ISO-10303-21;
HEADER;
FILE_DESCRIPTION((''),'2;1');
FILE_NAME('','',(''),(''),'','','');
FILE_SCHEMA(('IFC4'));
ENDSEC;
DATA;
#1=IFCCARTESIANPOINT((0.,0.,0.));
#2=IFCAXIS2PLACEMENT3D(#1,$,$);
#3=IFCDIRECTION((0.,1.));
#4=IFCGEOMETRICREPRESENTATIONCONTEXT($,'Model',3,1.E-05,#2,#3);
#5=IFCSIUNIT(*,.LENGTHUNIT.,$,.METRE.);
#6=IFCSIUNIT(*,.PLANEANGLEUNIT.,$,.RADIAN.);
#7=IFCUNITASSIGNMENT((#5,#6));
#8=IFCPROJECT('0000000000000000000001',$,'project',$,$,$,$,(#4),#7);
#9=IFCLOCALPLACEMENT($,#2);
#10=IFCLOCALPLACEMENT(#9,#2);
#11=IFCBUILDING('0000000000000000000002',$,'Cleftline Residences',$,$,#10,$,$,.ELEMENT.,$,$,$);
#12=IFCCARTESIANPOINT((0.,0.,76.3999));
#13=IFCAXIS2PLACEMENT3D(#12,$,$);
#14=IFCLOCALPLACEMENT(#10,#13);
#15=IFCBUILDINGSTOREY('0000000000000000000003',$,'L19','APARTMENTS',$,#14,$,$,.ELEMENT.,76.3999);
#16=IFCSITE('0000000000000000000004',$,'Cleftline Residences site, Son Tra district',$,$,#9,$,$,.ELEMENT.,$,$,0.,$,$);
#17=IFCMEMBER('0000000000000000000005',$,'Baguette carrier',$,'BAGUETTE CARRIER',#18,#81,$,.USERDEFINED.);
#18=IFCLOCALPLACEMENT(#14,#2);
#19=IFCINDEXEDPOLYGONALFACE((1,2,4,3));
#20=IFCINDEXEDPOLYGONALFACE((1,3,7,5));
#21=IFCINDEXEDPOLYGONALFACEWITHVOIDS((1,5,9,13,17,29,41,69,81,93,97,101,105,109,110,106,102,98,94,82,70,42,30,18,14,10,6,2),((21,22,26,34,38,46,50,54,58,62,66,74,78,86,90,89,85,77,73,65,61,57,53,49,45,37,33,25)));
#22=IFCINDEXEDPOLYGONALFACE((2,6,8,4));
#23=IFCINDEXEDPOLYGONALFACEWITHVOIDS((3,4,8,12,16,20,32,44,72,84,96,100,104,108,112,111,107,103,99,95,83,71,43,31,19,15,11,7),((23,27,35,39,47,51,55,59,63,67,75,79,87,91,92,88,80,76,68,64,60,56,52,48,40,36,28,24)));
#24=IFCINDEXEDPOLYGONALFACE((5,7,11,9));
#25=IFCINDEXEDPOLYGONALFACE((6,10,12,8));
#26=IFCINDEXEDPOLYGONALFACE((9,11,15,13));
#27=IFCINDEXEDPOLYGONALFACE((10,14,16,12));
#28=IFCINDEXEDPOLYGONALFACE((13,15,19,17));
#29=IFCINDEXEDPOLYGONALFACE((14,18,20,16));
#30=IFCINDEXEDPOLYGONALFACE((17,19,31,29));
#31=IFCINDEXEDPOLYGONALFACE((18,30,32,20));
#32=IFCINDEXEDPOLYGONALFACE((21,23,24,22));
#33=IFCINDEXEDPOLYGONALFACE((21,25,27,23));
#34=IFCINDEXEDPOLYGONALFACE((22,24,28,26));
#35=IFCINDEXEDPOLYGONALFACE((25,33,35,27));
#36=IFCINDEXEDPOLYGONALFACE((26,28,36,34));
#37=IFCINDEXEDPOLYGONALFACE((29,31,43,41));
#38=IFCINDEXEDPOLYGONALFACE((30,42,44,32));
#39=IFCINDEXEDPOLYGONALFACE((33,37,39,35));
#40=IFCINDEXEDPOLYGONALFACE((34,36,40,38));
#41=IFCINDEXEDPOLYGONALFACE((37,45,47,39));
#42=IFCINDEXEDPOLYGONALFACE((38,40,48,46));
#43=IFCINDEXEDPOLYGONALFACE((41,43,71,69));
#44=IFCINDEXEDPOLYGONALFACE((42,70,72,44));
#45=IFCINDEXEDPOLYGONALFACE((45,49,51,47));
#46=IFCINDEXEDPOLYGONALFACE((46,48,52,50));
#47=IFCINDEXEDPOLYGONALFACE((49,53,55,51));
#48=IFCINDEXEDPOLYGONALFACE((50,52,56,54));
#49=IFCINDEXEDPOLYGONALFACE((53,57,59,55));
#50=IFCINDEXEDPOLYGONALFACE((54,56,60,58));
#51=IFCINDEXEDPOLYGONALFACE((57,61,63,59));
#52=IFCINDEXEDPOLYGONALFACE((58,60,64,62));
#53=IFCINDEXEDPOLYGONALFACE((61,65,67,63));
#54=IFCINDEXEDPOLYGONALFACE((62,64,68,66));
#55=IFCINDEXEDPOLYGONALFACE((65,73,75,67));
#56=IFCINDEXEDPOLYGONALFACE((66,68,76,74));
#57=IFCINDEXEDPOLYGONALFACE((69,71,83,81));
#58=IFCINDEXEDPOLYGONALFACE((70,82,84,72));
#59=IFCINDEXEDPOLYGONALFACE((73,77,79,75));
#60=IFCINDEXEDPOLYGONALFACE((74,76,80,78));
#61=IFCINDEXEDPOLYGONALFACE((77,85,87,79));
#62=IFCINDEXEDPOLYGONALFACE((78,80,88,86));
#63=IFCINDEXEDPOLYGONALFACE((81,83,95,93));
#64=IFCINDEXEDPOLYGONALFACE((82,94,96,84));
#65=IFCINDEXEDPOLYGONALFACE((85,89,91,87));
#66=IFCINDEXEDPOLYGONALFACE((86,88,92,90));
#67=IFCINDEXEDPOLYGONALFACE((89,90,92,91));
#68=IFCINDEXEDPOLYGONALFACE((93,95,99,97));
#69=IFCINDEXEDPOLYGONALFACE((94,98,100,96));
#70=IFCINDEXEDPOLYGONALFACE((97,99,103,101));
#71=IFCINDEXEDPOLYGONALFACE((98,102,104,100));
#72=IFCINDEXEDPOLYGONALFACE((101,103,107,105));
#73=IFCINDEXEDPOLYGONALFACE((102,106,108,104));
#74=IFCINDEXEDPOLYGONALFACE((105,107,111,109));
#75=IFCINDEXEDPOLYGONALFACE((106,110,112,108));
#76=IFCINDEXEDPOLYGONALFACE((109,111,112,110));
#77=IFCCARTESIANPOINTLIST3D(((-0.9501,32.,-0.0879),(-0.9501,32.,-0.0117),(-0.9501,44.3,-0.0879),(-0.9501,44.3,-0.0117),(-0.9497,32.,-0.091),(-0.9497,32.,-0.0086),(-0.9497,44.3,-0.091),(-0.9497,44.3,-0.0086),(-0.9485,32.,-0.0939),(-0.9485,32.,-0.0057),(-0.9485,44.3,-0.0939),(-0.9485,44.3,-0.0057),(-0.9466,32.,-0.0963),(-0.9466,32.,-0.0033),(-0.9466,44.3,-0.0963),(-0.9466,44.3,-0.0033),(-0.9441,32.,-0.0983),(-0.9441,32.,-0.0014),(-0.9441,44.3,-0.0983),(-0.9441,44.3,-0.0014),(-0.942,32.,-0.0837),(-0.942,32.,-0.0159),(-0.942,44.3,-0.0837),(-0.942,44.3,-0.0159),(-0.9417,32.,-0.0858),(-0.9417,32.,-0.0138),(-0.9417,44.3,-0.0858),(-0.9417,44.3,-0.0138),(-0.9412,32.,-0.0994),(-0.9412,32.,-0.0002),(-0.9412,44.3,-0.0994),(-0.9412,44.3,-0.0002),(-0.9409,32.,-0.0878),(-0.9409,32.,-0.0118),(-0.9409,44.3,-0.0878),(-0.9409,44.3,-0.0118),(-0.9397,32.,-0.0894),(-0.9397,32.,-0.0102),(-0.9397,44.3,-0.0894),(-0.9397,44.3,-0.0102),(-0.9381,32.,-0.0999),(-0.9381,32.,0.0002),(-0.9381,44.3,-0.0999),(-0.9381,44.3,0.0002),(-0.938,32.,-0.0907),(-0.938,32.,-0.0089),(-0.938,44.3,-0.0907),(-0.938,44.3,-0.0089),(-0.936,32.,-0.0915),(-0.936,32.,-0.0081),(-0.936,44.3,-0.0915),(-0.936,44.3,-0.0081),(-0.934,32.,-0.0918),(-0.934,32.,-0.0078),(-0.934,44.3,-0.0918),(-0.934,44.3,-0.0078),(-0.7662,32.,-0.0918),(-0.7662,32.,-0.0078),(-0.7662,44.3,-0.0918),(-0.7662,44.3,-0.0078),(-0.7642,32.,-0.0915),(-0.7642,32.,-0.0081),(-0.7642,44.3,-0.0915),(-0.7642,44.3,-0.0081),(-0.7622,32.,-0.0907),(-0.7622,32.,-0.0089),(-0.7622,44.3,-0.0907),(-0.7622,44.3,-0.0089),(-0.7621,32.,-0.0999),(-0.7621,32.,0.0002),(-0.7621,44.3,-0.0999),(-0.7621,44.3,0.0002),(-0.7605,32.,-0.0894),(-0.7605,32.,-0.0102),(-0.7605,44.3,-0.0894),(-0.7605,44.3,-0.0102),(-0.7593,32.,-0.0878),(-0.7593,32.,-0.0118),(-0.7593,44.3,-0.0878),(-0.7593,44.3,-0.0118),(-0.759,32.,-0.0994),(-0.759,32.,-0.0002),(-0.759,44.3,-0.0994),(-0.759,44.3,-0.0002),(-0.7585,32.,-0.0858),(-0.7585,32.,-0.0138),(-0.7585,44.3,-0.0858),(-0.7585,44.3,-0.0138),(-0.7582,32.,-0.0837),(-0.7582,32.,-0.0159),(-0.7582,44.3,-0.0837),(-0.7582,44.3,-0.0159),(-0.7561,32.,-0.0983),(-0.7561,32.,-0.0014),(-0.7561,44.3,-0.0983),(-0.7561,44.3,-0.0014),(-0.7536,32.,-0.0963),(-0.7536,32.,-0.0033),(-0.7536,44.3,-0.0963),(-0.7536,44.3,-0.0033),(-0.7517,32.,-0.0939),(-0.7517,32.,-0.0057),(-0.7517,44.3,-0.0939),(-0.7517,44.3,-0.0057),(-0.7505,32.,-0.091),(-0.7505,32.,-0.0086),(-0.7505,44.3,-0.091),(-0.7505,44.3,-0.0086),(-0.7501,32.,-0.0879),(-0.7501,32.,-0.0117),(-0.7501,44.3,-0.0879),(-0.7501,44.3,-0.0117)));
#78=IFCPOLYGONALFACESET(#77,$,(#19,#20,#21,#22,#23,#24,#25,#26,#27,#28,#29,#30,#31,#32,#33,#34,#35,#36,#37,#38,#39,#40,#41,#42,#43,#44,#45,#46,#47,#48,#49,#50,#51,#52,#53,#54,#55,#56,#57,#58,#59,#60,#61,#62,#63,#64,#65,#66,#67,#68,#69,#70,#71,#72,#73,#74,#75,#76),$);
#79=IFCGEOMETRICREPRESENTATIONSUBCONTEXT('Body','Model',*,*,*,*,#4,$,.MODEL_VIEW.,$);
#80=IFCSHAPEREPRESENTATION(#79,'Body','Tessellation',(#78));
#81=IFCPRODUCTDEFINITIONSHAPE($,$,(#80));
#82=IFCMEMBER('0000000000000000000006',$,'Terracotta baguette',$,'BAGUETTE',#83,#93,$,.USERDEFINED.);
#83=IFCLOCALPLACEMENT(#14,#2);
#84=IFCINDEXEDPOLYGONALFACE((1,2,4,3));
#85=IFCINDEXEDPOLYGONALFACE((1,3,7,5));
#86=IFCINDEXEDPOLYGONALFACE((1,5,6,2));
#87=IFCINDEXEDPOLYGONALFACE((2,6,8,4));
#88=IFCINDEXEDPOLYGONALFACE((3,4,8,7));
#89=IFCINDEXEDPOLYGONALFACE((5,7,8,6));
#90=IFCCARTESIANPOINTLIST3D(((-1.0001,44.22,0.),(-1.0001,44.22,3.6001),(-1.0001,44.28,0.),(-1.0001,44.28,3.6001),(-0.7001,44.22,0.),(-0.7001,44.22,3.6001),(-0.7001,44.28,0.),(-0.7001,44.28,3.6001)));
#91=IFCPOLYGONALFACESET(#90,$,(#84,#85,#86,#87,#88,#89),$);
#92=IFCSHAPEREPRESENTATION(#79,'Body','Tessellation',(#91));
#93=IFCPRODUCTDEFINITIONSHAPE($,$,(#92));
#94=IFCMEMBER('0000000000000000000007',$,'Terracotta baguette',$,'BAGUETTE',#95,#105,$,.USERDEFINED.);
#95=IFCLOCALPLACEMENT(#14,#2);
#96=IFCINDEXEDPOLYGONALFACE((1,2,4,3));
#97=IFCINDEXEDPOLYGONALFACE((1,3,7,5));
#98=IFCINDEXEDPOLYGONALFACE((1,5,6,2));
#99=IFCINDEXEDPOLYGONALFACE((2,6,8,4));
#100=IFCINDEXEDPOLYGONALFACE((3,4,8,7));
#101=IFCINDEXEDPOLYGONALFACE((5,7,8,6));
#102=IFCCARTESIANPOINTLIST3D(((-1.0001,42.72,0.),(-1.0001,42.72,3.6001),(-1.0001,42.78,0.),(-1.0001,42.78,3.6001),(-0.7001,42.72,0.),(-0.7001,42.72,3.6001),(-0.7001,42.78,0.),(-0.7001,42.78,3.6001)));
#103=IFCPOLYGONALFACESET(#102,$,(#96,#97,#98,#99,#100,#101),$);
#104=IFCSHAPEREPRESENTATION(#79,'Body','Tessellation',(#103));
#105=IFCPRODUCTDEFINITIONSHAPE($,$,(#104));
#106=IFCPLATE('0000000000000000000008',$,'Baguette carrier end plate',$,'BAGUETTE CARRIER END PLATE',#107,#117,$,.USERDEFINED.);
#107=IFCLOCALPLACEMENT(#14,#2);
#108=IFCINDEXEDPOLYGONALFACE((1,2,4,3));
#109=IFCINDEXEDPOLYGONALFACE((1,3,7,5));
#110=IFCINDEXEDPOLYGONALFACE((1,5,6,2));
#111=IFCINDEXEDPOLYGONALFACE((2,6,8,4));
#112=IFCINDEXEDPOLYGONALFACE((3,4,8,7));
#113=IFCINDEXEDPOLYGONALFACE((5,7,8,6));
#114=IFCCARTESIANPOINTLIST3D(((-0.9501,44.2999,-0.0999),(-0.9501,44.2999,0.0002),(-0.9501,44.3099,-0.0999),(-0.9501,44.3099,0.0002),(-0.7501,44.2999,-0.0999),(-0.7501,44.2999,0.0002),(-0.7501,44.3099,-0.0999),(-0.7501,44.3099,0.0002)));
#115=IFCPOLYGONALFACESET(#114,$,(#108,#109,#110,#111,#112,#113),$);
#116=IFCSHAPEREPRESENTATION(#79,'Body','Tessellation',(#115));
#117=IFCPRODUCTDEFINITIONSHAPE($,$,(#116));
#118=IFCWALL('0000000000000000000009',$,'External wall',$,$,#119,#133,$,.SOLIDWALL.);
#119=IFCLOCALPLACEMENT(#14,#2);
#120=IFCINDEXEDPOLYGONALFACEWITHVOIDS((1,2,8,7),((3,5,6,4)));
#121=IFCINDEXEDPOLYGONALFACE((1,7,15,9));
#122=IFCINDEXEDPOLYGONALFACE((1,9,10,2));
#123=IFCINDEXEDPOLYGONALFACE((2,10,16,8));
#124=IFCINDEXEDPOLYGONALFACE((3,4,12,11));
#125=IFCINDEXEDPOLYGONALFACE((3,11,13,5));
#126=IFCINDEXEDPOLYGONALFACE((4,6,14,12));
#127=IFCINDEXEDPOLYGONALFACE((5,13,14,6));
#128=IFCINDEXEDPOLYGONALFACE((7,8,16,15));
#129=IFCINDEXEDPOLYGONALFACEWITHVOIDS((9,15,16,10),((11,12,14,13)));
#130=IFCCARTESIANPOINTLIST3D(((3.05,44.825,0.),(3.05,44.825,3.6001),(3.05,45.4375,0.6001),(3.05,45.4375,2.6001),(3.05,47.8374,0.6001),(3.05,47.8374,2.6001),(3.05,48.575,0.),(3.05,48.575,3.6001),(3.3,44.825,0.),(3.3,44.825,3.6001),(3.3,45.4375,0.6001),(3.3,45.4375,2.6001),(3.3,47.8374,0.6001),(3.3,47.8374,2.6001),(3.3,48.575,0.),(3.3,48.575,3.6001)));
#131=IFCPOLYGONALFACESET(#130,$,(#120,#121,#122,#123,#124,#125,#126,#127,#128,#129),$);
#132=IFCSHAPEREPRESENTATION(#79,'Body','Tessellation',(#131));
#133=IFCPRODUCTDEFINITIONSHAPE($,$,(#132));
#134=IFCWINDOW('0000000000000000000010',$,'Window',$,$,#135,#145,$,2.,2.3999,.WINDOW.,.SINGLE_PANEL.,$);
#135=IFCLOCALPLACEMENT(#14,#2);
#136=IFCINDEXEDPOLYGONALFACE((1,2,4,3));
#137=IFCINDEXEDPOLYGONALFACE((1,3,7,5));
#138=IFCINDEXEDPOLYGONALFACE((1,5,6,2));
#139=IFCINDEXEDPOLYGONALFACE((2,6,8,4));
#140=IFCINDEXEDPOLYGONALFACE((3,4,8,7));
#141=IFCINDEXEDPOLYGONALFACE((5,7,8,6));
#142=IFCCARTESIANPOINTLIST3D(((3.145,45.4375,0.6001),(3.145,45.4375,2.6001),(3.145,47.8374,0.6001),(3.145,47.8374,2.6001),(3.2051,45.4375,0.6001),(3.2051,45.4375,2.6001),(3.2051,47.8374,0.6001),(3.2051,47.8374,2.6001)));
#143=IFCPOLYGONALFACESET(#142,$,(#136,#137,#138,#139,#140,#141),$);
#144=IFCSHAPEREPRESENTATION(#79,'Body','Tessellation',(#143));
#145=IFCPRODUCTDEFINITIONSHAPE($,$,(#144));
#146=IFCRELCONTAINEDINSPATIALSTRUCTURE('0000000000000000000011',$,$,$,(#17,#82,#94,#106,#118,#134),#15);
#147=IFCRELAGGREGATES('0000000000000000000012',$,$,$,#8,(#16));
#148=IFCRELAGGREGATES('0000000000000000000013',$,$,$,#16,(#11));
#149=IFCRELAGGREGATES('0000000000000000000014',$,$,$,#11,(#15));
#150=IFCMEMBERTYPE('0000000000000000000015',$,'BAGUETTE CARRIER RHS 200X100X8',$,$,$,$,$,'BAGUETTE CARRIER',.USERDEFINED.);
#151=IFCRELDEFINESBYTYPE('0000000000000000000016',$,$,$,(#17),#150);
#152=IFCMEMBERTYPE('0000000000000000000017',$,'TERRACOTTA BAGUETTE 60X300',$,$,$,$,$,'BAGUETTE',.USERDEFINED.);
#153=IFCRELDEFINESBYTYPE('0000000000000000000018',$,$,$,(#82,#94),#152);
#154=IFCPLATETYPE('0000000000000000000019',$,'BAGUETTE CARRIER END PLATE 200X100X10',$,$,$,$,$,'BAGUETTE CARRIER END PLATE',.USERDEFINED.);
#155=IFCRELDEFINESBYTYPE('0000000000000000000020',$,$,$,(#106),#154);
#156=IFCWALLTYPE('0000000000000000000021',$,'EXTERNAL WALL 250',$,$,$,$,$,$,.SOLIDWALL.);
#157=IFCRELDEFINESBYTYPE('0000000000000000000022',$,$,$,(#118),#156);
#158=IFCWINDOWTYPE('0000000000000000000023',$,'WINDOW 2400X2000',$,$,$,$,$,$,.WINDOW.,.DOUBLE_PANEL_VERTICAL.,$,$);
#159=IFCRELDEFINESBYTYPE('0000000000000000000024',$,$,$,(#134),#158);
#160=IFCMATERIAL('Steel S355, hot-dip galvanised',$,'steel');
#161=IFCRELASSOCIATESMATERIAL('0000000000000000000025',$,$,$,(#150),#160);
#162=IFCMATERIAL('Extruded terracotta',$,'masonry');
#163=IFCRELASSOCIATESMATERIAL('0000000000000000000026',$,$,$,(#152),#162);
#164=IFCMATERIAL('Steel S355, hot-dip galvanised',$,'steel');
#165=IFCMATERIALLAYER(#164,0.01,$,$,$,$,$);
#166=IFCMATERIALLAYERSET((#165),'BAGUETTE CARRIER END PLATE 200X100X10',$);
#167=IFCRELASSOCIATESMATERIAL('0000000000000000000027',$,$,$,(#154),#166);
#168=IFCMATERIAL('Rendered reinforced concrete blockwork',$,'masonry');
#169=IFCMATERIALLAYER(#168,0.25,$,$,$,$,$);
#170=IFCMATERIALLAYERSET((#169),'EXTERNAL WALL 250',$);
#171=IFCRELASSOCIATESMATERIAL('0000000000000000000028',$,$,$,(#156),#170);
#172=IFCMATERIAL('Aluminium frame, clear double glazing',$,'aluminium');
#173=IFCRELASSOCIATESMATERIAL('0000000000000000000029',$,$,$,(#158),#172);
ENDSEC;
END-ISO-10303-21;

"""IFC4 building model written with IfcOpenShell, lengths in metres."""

from ifc_helpers import new_model, si_unit, direction, frame, frame_2d, origin, origin_2d, place, context, subcontext, project, spatial, rectangle, hollow_rectangle, extrude, material, layer, layer_set, material_profile, profile_set, type_object, element, fill, save


model = new_model("IFC4")

# Units and contexts
model_context = context("Model", 3, precision=1e-05, world=origin(), true_north=direction((0.0, 1.0)))
body_context = subcontext(model_context, "Body", "Model", "MODEL_VIEW")
ifc_project = project(units=[si_unit("LENGTHUNIT", "METRE"), si_unit("PLANEANGLEUNIT", "RADIAN")], contexts=[model_context])

# Site, building, storey
site_placement = place(None, origin())
site = spatial("IfcSite", under=ifc_project, at=site_placement, Name="Cleftline Residences site, Son Tra district", CompositionType="ELEMENT", RefElevation=0.0)
building_placement = place(site_placement, origin())
building = spatial("IfcBuilding", under=site, at=building_placement, Name="Cleftline Residences", CompositionType="ELEMENT")
storey_placement = place(building_placement, frame((0.0, 0.0, 76.3999)))
storey = spatial("IfcBuildingStorey", under=building, at=storey_placement, Name="L19", Description="APARTMENTS", CompositionType="ELEMENT", Elevation=76.3999)

# Members
ifc_material_1 = material(Name="Steel S355, hot-dip galvanised", Category="steel")
ifc_material_profile_1 = material_profile(ifc_material_1, hollow_rectangle(XDim=0.1001, YDim=0.2, WallThickness=0.0081, InnerFilletRadius=0.0081, OuterFilletRadius=0.012, at=origin_2d()))
ifc_profile_set_1 = profile_set([ifc_material_profile_1], Name="Steel S355, hot-dip galvanised")
member_type_1 = type_object("IfcMemberType", Name="BAGUETTE CARRIER RHS 200X100X8", ElementType="BAGUETTE CARRIER", PredefinedType="USERDEFINED", material=ifc_profile_set_1)
member_placement = place(storey_placement, frame((-0.8501, 44.3, -0.0498), z_axis=(0.0, -1.0, 0.0), x_axis=(0.0, 0.0, 1.0)))
element("IfcMember", 1, at=member_placement, inside=storey, type_object=member_type_1, Name="Baguette carrier", ObjectType="BAGUETTE CARRIER", PredefinedType="USERDEFINED", context=body_context, shape_type="SweptSolid", body=[
    extrude(hollow_rectangle(XDim=0.1001, YDim=0.2, WallThickness=0.0081, InnerFilletRadius=0.0081, OuterFilletRadius=0.012, at=origin_2d()), origin(), (0.0, 0.0, 1.0), 12.3),
])
ifc_material_2 = material(Name="Extruded terracotta", Category="masonry")
ifc_material_profile_2 = material_profile(ifc_material_2, rectangle(XDim=0.0601, YDim=0.3, at=origin_2d()))
ifc_profile_set_2 = profile_set([ifc_material_profile_2], Name="Extruded terracotta")
member_type_2 = type_object("IfcMemberType", Name="TERRACOTTA BAGUETTE 60X300", ElementType="BAGUETTE", PredefinedType="USERDEFINED", material=ifc_profile_set_2)
for number, where, z_axis, x_axis, name in (
    (2, (-0.8501, 44.25, 0.0), (0.0, 0.0, 1.0), (0.0, 1.0, 0.0), "Terracotta baguette"),
    (3, (-0.8501, 42.75, 0.0), (0.0, 0.0, 1.0), (0.0, 1.0, 0.0), "Terracotta baguette"),
):
    element("IfcMember", number, at=place(storey_placement, frame(where, z_axis=z_axis, x_axis=x_axis)), inside=storey, type_object=member_type_2, Name=name, ObjectType="BAGUETTE", PredefinedType="USERDEFINED", context=body_context, shape_type="SweptSolid", body=[
        extrude(rectangle(XDim=0.0601, YDim=0.3, at=origin_2d()), origin(), (0.0, 0.0, 1.0), 3.6001),
    ])

# Plate
ifc_material_3 = material(Name="Steel S355, hot-dip galvanised", Category="steel")
ifc_layer_1 = layer(ifc_material_3, 0.01)
ifc_layer_set_1 = layer_set([ifc_layer_1], Name="BAGUETTE CARRIER END PLATE 200X100X10")
plate_type = type_object("IfcPlateType", Name="BAGUETTE CARRIER END PLATE 200X100X10", ElementType="BAGUETTE CARRIER END PLATE", PredefinedType="USERDEFINED", material=ifc_layer_set_1)
plate_placement = place(storey_placement, frame((-0.8501, 44.3049, -0.0999), z_axis=(0.0, 0.0, 1.0), x_axis=(-1.0, 0.0, 0.0)))
element("IfcPlate", 4, at=plate_placement, inside=storey, type_object=plate_type, Name="Baguette carrier end plate", ObjectType="BAGUETTE CARRIER END PLATE", PredefinedType="USERDEFINED", context=body_context, shape_type="SweptSolid", body=[
    extrude(rectangle(XDim=0.2, YDim=0.01, at=origin_2d()), origin(), (0.0, 0.0, 1.0), 0.1001),
])

# Wall, opening, window
ifc_material_4 = material(Name="Rendered reinforced concrete blockwork", Category="masonry")
ifc_layer_2 = layer(ifc_material_4, 0.25)
ifc_layer_set_2 = layer_set([ifc_layer_2], Name="EXTERNAL WALL 250")
wall_type = type_object("IfcWallType", Name="EXTERNAL WALL 250", PredefinedType="SOLIDWALL", material=ifc_layer_set_2)
wall_1_placement = place(storey_placement, frame((3.175, 48.575, 0.0), z_axis=(0.0, 0.0, 1.0), x_axis=(0.0, -1.0, 0.0)))
wall_1 = element("IfcWall", 5, at=wall_1_placement, inside=storey, type_object=wall_type, Name="External wall", PredefinedType="SOLIDWALL", context=body_context, shape_type="SweptSolid", body=[
    extrude(rectangle(XDim=3.75, YDim=0.25, at=frame_2d((1.875, 0.0))), origin(), (0.0, 0.0, 1.0), 3.6001),
])
opening_1_placement = place(wall_1_placement, frame((0.7375, 0.0, 0.6001)))
opening_1 = element("IfcOpeningElement", 6, at=opening_1_placement, cuts=wall_1, PredefinedType="OPENING", context=body_context, shape_type="SweptSolid", body=[
    extrude(rectangle(XDim=2.3999, YDim=2.0, at=frame_2d((1.2, 1.0))), frame((0.0, 0.135, 0.0), z_axis=(0.0, -1.0, 0.0), x_axis=(1.0, 0.0, 0.0)), (0.0, 0.0, 1.0), 0.27),
])
ifc_material_5 = material(Name="Aluminium frame, clear double glazing", Category="aluminium")
window_type_1 = type_object("IfcWindowType", Name="WINDOW 2400X2000", PartitioningType="DOUBLE_PANEL_VERTICAL", PredefinedType="WINDOW", material=ifc_material_5)
window_1_placement = place(opening_1_placement, origin())
window_1 = element("IfcWindow", 7, at=window_1_placement, inside=storey, type_object=window_type_1, Name="Window", OverallHeight=2.0, OverallWidth=2.3999, PartitioningType="SINGLE_PANEL", PredefinedType="WINDOW", context=body_context, shape_type="SweptSolid", body=[
    extrude(rectangle(XDim=2.3999, YDim=2.0, at=frame_2d((1.2, 1.0))), frame((0.0, 0.03, 0.0), z_axis=(0.0, -1.0, 0.0), x_axis=(1.0, 0.0, 0.0)), (0.0, 0.0, 1.0), 0.0601),
])
fill(opening_1, window_1)

save(model, "model.ifc")
